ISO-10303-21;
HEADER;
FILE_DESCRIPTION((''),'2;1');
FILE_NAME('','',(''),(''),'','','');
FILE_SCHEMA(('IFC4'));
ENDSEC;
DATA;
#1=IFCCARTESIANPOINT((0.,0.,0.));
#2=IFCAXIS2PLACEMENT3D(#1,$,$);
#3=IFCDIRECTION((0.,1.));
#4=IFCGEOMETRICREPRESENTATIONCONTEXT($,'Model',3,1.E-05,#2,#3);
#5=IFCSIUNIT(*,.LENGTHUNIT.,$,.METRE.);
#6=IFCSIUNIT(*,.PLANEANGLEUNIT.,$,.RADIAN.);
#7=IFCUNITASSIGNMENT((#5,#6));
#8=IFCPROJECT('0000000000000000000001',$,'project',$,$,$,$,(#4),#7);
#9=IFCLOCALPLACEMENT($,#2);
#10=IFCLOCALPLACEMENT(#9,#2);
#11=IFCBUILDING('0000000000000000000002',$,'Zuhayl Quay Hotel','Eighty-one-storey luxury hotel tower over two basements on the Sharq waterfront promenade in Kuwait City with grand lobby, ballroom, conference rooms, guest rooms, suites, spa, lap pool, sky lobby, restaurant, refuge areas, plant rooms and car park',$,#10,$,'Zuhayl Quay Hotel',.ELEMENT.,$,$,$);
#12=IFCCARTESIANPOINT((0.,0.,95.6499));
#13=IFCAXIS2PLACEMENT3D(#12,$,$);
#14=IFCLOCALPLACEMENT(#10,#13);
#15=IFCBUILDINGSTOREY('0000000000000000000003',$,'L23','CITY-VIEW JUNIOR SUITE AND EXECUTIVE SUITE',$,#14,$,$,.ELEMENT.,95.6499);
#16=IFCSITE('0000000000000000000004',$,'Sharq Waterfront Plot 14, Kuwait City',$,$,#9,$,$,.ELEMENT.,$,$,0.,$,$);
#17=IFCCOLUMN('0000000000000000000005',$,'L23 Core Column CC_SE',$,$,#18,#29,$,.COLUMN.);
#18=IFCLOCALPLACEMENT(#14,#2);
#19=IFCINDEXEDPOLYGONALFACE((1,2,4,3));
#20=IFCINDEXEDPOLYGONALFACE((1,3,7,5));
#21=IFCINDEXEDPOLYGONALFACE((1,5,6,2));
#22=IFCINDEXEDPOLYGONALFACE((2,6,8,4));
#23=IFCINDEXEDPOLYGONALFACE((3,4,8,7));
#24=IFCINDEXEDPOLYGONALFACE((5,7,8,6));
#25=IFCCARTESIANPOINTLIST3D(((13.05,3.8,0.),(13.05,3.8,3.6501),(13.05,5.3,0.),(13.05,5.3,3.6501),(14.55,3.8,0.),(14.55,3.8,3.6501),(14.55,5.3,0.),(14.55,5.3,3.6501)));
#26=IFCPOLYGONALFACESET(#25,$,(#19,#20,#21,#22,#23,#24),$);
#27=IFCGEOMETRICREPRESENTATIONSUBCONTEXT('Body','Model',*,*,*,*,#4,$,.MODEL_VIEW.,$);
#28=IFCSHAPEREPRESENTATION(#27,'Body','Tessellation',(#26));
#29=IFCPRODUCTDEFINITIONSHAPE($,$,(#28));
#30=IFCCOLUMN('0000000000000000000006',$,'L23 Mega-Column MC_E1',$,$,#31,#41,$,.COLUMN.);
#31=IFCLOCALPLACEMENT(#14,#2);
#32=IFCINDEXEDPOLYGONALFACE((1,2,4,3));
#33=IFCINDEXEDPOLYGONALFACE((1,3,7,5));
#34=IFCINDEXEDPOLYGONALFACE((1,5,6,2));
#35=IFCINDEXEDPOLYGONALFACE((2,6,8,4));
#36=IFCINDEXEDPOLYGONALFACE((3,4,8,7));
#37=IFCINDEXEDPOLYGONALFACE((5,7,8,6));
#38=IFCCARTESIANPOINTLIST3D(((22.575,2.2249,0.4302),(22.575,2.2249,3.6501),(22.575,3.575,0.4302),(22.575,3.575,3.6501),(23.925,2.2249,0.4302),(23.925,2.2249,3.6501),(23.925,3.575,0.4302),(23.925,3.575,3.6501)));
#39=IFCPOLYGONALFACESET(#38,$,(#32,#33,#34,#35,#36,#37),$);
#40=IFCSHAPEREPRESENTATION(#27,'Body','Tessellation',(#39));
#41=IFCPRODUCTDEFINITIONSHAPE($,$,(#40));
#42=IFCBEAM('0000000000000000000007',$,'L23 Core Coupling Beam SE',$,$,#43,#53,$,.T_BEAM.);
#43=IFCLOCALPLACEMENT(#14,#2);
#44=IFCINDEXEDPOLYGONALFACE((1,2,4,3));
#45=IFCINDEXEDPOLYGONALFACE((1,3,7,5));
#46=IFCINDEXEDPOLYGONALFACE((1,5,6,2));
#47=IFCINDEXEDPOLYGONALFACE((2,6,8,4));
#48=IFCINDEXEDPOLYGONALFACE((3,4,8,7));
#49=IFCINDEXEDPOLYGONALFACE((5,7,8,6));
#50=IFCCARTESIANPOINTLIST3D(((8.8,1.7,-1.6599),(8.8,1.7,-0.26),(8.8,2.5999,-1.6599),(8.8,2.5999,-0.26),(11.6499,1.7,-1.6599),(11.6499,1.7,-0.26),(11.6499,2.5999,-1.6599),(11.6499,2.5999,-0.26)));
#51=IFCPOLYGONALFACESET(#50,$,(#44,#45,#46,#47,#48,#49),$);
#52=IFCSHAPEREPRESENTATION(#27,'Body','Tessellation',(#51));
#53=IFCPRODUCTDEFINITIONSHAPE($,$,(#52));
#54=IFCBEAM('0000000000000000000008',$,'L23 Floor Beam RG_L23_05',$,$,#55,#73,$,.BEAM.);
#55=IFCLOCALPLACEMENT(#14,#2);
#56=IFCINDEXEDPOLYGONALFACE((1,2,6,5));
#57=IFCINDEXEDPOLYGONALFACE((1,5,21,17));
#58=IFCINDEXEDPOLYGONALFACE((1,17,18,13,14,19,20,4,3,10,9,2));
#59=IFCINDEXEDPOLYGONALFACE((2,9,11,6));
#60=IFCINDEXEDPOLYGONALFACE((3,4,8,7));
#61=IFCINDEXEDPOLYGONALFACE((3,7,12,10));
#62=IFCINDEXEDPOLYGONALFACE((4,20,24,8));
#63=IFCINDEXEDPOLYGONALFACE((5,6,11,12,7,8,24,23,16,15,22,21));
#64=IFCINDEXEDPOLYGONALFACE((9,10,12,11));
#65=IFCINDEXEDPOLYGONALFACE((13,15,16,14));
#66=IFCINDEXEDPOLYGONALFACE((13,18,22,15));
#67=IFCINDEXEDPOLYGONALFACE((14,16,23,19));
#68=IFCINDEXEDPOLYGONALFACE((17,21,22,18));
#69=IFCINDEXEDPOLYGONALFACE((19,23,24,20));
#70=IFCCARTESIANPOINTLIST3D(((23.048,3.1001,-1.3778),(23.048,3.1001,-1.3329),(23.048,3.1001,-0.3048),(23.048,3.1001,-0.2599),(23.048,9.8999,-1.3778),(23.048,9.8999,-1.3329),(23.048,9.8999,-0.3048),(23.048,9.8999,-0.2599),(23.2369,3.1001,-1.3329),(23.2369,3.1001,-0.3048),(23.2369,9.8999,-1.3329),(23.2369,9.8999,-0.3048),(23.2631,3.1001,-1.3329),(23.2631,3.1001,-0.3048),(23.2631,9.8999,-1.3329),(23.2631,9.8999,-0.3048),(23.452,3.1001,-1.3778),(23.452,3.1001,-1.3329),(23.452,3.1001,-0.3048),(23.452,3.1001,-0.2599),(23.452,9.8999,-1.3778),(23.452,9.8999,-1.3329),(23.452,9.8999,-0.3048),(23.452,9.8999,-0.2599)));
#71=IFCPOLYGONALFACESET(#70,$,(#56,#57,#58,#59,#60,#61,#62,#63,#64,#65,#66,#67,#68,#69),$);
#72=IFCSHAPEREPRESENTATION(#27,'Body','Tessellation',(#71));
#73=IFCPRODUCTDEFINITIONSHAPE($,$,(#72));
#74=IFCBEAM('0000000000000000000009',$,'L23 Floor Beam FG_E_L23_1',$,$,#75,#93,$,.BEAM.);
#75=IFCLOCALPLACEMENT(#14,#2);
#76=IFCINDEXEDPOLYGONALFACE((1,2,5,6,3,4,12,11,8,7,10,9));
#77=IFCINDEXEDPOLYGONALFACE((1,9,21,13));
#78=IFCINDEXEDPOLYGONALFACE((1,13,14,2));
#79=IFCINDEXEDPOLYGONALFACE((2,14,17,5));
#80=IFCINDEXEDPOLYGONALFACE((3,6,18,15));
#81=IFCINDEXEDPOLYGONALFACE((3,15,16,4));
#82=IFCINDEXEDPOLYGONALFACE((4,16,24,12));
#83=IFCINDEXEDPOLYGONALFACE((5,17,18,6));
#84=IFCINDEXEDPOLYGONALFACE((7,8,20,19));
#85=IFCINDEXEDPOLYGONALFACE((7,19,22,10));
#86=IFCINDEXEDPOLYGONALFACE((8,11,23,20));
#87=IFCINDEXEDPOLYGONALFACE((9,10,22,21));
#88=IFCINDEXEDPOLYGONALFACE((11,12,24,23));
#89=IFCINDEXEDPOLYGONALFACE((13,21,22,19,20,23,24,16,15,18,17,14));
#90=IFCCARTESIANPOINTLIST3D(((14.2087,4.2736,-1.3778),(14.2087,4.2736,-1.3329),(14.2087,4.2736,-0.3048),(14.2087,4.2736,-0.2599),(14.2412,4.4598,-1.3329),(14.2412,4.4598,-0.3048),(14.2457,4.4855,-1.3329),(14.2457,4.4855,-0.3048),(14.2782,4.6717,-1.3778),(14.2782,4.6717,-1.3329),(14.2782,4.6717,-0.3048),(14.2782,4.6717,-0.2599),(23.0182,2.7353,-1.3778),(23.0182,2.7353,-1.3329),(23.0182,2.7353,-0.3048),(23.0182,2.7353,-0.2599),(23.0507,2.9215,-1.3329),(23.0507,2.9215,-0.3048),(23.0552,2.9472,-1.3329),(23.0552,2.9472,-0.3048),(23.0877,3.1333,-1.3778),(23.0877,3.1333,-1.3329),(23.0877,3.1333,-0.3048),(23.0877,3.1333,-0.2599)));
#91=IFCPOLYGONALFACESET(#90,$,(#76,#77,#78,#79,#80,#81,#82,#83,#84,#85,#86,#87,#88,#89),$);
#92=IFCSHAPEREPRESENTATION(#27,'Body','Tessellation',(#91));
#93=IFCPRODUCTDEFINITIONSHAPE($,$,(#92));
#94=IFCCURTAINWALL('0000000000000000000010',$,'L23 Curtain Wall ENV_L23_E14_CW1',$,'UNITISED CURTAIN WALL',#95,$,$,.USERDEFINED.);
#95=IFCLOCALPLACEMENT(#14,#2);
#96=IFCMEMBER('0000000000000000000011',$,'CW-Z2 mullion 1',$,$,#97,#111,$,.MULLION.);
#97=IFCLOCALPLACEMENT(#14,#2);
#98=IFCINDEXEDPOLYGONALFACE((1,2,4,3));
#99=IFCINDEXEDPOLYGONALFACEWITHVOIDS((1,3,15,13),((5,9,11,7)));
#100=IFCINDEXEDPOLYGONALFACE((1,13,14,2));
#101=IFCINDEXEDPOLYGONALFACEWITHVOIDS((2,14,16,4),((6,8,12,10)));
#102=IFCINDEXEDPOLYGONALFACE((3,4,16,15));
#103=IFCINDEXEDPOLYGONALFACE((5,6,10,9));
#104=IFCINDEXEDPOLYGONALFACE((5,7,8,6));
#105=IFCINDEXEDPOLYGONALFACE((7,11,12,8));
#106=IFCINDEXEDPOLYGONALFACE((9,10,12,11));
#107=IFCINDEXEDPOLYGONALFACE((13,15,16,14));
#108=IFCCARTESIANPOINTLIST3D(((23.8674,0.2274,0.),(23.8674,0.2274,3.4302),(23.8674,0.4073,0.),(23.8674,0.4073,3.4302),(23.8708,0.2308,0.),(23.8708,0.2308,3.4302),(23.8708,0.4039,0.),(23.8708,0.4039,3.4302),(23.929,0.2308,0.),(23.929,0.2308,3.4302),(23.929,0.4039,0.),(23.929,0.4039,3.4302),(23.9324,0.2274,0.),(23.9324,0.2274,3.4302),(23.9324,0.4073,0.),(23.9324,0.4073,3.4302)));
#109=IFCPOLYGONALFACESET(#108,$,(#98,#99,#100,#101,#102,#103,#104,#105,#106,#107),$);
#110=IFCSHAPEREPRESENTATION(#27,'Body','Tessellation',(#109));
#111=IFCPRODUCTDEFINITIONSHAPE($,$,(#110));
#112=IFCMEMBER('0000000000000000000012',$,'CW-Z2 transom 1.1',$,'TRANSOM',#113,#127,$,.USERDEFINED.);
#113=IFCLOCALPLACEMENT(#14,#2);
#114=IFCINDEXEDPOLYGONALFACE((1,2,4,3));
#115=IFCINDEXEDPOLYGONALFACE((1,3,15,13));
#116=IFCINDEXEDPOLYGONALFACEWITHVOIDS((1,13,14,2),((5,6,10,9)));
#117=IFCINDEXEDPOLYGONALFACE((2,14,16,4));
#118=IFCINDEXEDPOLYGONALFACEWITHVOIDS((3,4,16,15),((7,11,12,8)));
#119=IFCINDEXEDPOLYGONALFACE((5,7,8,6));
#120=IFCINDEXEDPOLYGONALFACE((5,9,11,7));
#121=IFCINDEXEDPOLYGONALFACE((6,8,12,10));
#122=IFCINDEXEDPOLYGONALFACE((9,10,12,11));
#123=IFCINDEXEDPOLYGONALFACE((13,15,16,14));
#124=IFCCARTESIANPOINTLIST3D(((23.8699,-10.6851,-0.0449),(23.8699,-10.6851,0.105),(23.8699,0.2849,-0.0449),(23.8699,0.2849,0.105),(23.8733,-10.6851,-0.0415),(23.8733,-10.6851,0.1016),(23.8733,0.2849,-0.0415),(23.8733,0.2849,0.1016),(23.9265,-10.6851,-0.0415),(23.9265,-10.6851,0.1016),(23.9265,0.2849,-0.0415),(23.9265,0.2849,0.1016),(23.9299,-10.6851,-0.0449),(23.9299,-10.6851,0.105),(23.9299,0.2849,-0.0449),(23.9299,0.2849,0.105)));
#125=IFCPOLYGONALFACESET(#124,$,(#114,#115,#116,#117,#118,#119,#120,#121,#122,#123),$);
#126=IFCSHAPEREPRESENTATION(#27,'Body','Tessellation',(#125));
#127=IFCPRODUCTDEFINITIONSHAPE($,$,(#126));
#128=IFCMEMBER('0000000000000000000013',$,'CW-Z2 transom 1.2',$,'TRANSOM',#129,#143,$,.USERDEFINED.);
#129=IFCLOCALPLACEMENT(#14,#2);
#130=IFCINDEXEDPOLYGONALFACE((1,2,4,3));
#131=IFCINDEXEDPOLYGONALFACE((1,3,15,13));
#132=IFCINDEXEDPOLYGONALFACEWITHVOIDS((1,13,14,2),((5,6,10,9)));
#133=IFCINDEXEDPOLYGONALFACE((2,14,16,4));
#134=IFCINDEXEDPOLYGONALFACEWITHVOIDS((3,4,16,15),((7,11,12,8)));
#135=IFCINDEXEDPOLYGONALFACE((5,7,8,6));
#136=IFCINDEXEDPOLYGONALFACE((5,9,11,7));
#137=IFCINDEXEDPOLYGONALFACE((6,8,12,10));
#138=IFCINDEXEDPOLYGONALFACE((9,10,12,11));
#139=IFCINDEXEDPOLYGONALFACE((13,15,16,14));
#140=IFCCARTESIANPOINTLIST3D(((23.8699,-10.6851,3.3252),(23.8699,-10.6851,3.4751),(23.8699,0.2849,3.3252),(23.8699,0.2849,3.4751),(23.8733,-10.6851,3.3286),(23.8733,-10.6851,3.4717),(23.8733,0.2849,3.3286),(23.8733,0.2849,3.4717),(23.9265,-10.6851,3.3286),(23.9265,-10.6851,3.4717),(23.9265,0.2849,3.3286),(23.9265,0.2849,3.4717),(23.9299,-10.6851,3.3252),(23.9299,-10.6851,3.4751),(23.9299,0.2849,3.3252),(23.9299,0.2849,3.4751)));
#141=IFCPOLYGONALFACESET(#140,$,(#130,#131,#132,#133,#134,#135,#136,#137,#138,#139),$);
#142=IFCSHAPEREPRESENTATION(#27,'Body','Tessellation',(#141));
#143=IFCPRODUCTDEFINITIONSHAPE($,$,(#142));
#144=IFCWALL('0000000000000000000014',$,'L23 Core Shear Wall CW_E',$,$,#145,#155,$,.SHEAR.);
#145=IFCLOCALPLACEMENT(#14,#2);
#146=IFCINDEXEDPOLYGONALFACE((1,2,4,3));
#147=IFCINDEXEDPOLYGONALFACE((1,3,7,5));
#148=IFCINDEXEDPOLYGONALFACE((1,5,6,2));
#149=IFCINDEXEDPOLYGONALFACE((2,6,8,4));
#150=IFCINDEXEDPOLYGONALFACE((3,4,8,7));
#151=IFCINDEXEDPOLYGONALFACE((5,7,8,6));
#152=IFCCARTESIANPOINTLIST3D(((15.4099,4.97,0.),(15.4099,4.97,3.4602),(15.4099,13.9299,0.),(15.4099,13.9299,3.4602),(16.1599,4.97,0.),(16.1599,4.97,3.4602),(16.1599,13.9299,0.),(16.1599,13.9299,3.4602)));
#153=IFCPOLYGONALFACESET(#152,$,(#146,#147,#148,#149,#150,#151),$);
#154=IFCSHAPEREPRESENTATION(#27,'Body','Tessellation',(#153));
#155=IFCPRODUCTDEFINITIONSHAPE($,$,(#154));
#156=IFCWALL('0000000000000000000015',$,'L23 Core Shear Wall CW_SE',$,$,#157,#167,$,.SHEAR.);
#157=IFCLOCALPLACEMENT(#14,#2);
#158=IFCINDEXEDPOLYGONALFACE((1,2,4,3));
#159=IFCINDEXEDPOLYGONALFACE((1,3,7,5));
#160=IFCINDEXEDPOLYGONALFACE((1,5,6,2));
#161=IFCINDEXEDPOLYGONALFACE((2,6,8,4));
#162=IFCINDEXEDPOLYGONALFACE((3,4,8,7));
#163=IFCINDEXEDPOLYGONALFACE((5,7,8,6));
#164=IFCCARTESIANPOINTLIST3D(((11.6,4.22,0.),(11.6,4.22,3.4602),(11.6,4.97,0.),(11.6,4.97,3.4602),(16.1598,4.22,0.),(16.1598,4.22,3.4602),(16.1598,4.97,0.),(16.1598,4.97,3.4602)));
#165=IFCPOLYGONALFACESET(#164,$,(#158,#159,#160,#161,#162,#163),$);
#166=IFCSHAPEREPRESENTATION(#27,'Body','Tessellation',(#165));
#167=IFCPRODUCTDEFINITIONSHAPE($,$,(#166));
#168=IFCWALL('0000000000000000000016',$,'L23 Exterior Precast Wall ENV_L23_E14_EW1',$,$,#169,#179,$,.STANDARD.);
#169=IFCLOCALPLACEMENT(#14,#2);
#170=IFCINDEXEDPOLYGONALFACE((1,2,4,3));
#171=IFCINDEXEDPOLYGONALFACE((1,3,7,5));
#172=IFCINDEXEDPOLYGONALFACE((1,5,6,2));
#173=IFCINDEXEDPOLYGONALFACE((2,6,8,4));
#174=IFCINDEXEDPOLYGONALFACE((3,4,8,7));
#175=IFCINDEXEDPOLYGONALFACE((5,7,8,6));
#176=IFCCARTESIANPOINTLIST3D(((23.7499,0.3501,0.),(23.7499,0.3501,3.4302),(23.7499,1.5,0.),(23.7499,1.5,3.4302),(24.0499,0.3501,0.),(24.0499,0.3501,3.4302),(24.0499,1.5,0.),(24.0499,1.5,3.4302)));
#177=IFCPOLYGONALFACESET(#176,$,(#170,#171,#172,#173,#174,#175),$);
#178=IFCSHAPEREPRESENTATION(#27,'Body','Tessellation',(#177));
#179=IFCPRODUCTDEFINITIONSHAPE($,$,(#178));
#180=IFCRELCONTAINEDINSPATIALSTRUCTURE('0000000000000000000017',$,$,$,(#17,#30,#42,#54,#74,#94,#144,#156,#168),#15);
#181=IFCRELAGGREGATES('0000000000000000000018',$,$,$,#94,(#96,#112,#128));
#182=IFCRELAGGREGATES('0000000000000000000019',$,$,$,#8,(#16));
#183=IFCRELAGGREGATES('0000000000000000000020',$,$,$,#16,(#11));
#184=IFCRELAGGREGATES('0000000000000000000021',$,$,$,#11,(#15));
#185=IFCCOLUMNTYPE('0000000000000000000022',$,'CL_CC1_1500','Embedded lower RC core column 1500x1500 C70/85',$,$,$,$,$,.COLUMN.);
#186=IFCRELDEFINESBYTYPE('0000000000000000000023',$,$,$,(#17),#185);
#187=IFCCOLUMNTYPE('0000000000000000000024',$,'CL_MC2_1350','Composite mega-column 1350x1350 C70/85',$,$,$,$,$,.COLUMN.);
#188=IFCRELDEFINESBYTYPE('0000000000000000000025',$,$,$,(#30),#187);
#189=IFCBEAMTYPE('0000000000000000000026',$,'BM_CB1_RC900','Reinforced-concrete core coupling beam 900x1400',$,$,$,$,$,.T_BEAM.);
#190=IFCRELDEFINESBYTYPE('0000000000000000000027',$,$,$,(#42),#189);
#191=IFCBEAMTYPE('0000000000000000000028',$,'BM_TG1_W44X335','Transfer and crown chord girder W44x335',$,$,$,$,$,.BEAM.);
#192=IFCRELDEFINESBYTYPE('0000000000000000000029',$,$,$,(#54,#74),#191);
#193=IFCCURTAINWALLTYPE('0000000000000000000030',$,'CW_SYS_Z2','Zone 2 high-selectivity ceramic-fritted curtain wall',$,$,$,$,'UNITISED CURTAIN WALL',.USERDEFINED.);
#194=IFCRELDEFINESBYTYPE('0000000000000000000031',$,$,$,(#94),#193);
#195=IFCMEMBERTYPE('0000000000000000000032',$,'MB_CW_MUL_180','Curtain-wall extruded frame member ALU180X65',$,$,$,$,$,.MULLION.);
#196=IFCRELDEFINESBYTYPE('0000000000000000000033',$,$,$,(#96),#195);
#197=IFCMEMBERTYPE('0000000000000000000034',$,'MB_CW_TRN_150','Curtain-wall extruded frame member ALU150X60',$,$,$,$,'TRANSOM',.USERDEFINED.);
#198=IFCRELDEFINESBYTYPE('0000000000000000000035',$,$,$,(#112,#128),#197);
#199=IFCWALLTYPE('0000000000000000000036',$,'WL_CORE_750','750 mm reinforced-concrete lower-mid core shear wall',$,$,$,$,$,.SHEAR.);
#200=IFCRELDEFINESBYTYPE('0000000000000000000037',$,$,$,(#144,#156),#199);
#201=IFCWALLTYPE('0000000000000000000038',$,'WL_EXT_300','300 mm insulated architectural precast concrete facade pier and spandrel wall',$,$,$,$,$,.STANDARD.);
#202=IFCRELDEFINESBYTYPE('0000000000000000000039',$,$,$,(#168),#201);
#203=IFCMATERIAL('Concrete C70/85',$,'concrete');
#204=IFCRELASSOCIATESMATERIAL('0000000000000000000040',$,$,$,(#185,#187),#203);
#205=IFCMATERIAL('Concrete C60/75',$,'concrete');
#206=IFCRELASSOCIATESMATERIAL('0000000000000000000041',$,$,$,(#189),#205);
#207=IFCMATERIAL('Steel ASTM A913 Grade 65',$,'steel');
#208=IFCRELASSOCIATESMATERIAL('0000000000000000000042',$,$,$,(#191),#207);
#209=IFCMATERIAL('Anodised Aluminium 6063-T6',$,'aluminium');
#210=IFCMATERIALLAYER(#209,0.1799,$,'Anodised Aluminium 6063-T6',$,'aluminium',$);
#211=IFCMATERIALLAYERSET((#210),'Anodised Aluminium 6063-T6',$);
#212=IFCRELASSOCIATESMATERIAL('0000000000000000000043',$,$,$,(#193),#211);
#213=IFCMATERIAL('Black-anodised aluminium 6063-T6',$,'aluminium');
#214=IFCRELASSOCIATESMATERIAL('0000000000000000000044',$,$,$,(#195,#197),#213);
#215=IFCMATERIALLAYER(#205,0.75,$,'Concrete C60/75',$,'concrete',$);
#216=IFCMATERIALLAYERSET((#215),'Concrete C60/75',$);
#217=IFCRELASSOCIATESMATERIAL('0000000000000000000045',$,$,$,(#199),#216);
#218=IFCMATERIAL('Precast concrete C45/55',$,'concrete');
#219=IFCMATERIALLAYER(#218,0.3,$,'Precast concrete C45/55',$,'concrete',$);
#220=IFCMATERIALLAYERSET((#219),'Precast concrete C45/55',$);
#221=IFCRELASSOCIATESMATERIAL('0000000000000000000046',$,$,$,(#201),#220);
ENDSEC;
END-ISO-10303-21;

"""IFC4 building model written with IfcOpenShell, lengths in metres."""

from ifc_helpers import new_model, si_unit, direction, frame, frame_2d, origin, origin_2d, place, context, subcontext, project, spatial, rectangle, hollow_rectangle, i_section, extrude, material, layer, layer_set, material_profile, profile_set, type_object, element, aggregate, save


model = new_model("IFC4")

# Units and contexts
model_context = context("Model", 3, precision=1e-05, world=origin(), true_north=direction((0.0, 1.0)))
body_context = subcontext(model_context, "Body", "Model", "MODEL_VIEW")
ifc_project = project(units=[si_unit("LENGTHUNIT", "METRE"), si_unit("PLANEANGLEUNIT", "RADIAN")], contexts=[model_context])

# Site, building, storey
site_placement = place(None, origin())
site = spatial("IfcSite", under=ifc_project, at=site_placement, Name="Sharq Waterfront Plot 14, Kuwait City", CompositionType="ELEMENT", RefElevation=0.0)
building_placement = place(site_placement, origin())
building = spatial("IfcBuilding", under=site, at=building_placement, Name="Zuhayl Quay Hotel", Description="Eighty-one-storey luxury hotel tower over two basements on the Sharq waterfront promenade in Kuwait City with grand lobby, ballroom, conference rooms, guest rooms, suites, spa, lap pool, sky lobby, restaurant, refuge areas, plant rooms and car park", LongName="Zuhayl Quay Hotel", CompositionType="ELEMENT")
storey_placement = place(building_placement, frame((0.0, 0.0, 95.6499)))
storey = spatial("IfcBuildingStorey", under=building, at=storey_placement, Name="L23", Description="CITY-VIEW JUNIOR SUITE AND EXECUTIVE SUITE", CompositionType="ELEMENT", Elevation=95.6499)

# Columns
ifc_material_1 = material(Name="Concrete C70/85", Category="concrete")
ifc_material_profile_1 = material_profile(ifc_material_1, rectangle(XDim=1.5, YDim=1.5, at=origin_2d()), Name="RC1500X1500")
ifc_profile_set_1 = profile_set([ifc_material_profile_1], Name="Concrete C70/85")
column_type_1 = type_object("IfcColumnType", Name="CL_CC1_1500", Description="Embedded lower RC core column 1500x1500 C70/85", PredefinedType="COLUMN", material=ifc_profile_set_1)
column_1_placement = place(storey_placement, frame((13.8, 4.55, 0.0), z_axis=(0.0, 0.0, 1.0), x_axis=(1.0, 0.0, 0.0)))
element("IfcColumn", 1, at=column_1_placement, inside=storey, type_object=column_type_1, Name="L23 Core Column CC_SE", PredefinedType="COLUMN", context=body_context, shape_type="SweptSolid", body=[
    extrude(rectangle(XDim=1.5, YDim=1.5, at=origin_2d()), origin(), (0.0, 0.0, 1.0), 3.6501),
])
ifc_material_profile_2 = material_profile(ifc_material_1, rectangle(XDim=1.3501, YDim=1.3501, at=origin_2d()), Name="RC1350X1350")
ifc_profile_set_2 = profile_set([ifc_material_profile_2], Name="Concrete C70/85")
column_type_2 = type_object("IfcColumnType", Name="CL_MC2_1350", Description="Composite mega-column 1350x1350 C70/85", PredefinedType="COLUMN", material=ifc_profile_set_2)
column_2_placement = place(storey_placement, frame((23.25, 2.8999, 0.4302), z_axis=(0.0, 0.0, 1.0), x_axis=(1.0, 0.0, 0.0)))
element("IfcColumn", 2, at=column_2_placement, inside=storey, type_object=column_type_2, Name="L23 Mega-Column MC_E1", PredefinedType="COLUMN", context=body_context, shape_type="SweptSolid", body=[
    extrude(rectangle(XDim=1.3501, YDim=1.3501, at=origin_2d()), origin(), (0.0, 0.0, 1.0), 3.22),
])

# Beams
ifc_material_2 = material(Name="Concrete C60/75", Category="concrete")
ifc_material_profile_3 = material_profile(ifc_material_2, rectangle(XDim=0.8999, YDim=1.3999, at=origin_2d()), Name="RC900X1400")
ifc_profile_set_3 = profile_set([ifc_material_profile_3], Name="Concrete C60/75")
beam_type_1 = type_object("IfcBeamType", Name="BM_CB1_RC900", Description="Reinforced-concrete core coupling beam 900x1400", PredefinedType="T_BEAM", material=ifc_profile_set_3)
beam_1_placement = place(storey_placement, frame((8.8, 2.1499, -0.96), z_axis=(1.0, 0.0, 0.0), x_axis=(0.0, 1.0, 0.0)))
element("IfcBeam", 3, at=beam_1_placement, inside=storey, type_object=beam_type_1, Name="L23 Core Coupling Beam SE", PredefinedType="T_BEAM", context=body_context, shape_type="SweptSolid", body=[
    extrude(rectangle(XDim=0.8999, YDim=1.3999, at=origin_2d()), origin(), (0.0, 0.0, 1.0), 2.8499),
])
ifc_material_3 = material(Name="Steel ASTM A913 Grade 65", Category="steel")
ifc_material_profile_4 = material_profile(ifc_material_3, i_section(OverallWidth=0.4041, OverallDepth=1.1179, WebThickness=0.0261, FlangeThickness=0.0449, at=origin_2d()), Name="W44X335")
ifc_profile_set_4 = profile_set([ifc_material_profile_4], Name="Steel ASTM A913 Grade 65")
beam_type_2 = type_object("IfcBeamType", Name="BM_TG1_W44X335", Description="Transfer and crown chord girder W44x335", PredefinedType="BEAM", material=ifc_profile_set_4)
beam_2_placement = place(storey_placement, frame((23.25, 3.1001, -0.8188), z_axis=(0.0, 1.0, 0.0), x_axis=(-1.0, 0.0, 0.0)))
element("IfcBeam", 4, at=beam_2_placement, inside=storey, type_object=beam_type_2, Name="L23 Floor Beam RG_L23_05", PredefinedType="BEAM", context=body_context, shape_type="SweptSolid", body=[
    extrude(i_section(OverallWidth=0.4041, OverallDepth=1.1179, WebThickness=0.0261, FlangeThickness=0.0449, at=origin_2d()), origin(), (0.0, 0.0, 1.0), 6.7998),
])
beam_3_placement = place(storey_placement, frame((14.2434, 4.4727, -0.8188), z_axis=(0.985094, -0.172017, 0.0), x_axis=(0.172017, 0.985094, 0.0)))
element("IfcBeam", 5, at=beam_3_placement, inside=storey, type_object=beam_type_2, Name="L23 Floor Beam FG_E_L23_1", PredefinedType="BEAM", context=body_context, shape_type="SweptSolid", body=[
    extrude(i_section(OverallWidth=0.4041, OverallDepth=1.1179, WebThickness=0.0261, FlangeThickness=0.0449, at=origin_2d()), origin(), (0.0, 0.0, 1.0), 8.9429),
])

# Curtain wall, members
ifc_material_4 = material(Name="Anodised Aluminium 6063-T6", Category="aluminium")
ifc_layer_1 = layer(ifc_material_4, 0.1799, Name="Anodised Aluminium 6063-T6", Category="aluminium")
ifc_layer_set_1 = layer_set([ifc_layer_1], Name="Anodised Aluminium 6063-T6")
curtain_wall_type = type_object("IfcCurtainWallType", Name="CW_SYS_Z2", Description="Zone 2 high-selectivity ceramic-fritted curtain wall", ElementType="UNITISED CURTAIN WALL", PredefinedType="USERDEFINED", material=ifc_layer_set_1)
curtain_wall_placement = place(storey_placement, origin())
curtain_wall = element("IfcCurtainWall", 6, at=curtain_wall_placement, inside=storey, type_object=curtain_wall_type, Name="L23 Curtain Wall ENV_L23_E14_CW1", ObjectType="UNITISED CURTAIN WALL", PredefinedType="USERDEFINED")
ifc_material_5 = material(Name="Black-anodised aluminium 6063-T6", Category="aluminium")
ifc_material_profile_5 = material_profile(ifc_material_5, hollow_rectangle(XDim=0.0649, YDim=0.1799, WallThickness=0.0034, at=origin_2d()), Name="ALU180X65")
ifc_profile_set_5 = profile_set([ifc_material_profile_5], Name="Black-anodised aluminium 6063-T6")
member_type_1 = type_object("IfcMemberType", Name="MB_CW_MUL_180", Description="Curtain-wall extruded frame member ALU180X65", PredefinedType="MULLION", material=ifc_profile_set_5)
member_1_placement = place(storey_placement, frame((23.8999, 0.3174, 0.0), z_axis=(0.0, 0.0, 1.0), x_axis=(1.0, 0.0, 0.0)))
member_1 = element("IfcMember", 7, at=member_1_placement, type_object=member_type_1, Name="CW-Z2 mullion 1", PredefinedType="MULLION", context=body_context, shape_type="SweptSolid", body=[
    extrude(hollow_rectangle(XDim=0.0649, YDim=0.1799, WallThickness=0.0034, at=origin_2d()), origin(), (0.0, 0.0, 1.0), 3.4302),
])
ifc_material_profile_6 = material_profile(ifc_material_5, hollow_rectangle(XDim=0.0601, YDim=0.1499, WallThickness=0.0034, at=origin_2d()), Name="ALU150X60")
ifc_profile_set_6 = profile_set([ifc_material_profile_6], Name="Black-anodised aluminium 6063-T6")
member_type_2 = type_object("IfcMemberType", Name="MB_CW_TRN_150", Description="Curtain-wall extruded frame member ALU150X60", ElementType="TRANSOM", PredefinedType="USERDEFINED", material=ifc_profile_set_6)
member_2_placement = place(storey_placement, frame((23.8999, 0.2849, 0.03), z_axis=(0.0, -1.0, 0.0), x_axis=(1.0, 0.0, 0.0)))
member_2 = element("IfcMember", 8, at=member_2_placement, type_object=member_type_2, Name="CW-Z2 transom 1.1", ObjectType="TRANSOM", PredefinedType="USERDEFINED", context=body_context, shape_type="SweptSolid", body=[
    extrude(hollow_rectangle(XDim=0.0601, YDim=0.1499, WallThickness=0.0034, at=origin_2d()), origin(), (0.0, 0.0, 1.0), 10.97),
])
member_3_placement = place(storey_placement, frame((23.8999, 0.2849, 3.4001), z_axis=(0.0, -1.0, 0.0), x_axis=(1.0, 0.0, 0.0)))
member_3 = element("IfcMember", 9, at=member_3_placement, type_object=member_type_2, Name="CW-Z2 transom 1.2", ObjectType="TRANSOM", PredefinedType="USERDEFINED", context=body_context, shape_type="SweptSolid", body=[
    extrude(hollow_rectangle(XDim=0.0601, YDim=0.1499, WallThickness=0.0034, at=origin_2d()), origin(), (0.0, 0.0, 1.0), 10.97),
])
aggregate(curtain_wall, [member_1, member_2, member_3])

# Walls
ifc_layer_2 = layer(ifc_material_2, 0.75, Name="Concrete C60/75", Category="concrete")
ifc_layer_set_2 = layer_set([ifc_layer_2], Name="Concrete C60/75")
wall_type_1 = type_object("IfcWallType", Name="WL_CORE_750", Description="750 mm reinforced-concrete lower-mid core shear wall", PredefinedType="SHEAR", material=ifc_layer_set_2)
wall_1_placement = place(storey_placement, frame((15.7849, 4.97, 0.0), z_axis=(0.0, 0.0, 1.0), x_axis=(0.0, 1.0, 0.0)))
element("IfcWall", 10, at=wall_1_placement, inside=storey, type_object=wall_type_1, Name="L23 Core Shear Wall CW_E", PredefinedType="SHEAR", context=body_context, shape_type="SweptSolid", body=[
    extrude(rectangle(XDim=8.96, YDim=0.75, at=frame_2d((4.48, 0.0))), origin(), (0.0, 0.0, 1.0), 3.4602),
])
wall_2_placement = place(storey_placement, frame((11.6001, 4.595, 0.0), z_axis=(0.0, 0.0, 1.0), x_axis=(1.0, 0.0, 0.0)))
element("IfcWall", 11, at=wall_2_placement, inside=storey, type_object=wall_type_1, Name="L23 Core Shear Wall CW_SE", PredefinedType="SHEAR", context=body_context, shape_type="SweptSolid", body=[
    extrude(rectangle(XDim=4.5598, YDim=0.75, at=frame_2d((2.2798, 0.0))), origin(), (0.0, 0.0, 1.0), 3.4602),
])
ifc_material_6 = material(Name="Precast concrete C45/55", Category="concrete")
ifc_layer_3 = layer(ifc_material_6, 0.3, Name="Precast concrete C45/55", Category="concrete")
ifc_layer_set_3 = layer_set([ifc_layer_3], Name="Precast concrete C45/55")
wall_type_2 = type_object("IfcWallType", Name="WL_EXT_300", Description="300 mm insulated architectural precast concrete facade pier and spandrel wall", PredefinedType="STANDARD", material=ifc_layer_set_3)
wall_3_placement = place(storey_placement, frame((23.8999, 1.5, 0.0), z_axis=(0.0, 0.0, 1.0), x_axis=(0.0, -1.0, 0.0)))
element("IfcWall", 12, at=wall_3_placement, inside=storey, type_object=wall_type_2, Name="L23 Exterior Precast Wall ENV_L23_E14_EW1", PredefinedType="STANDARD", context=body_context, shape_type="SweptSolid", body=[
    extrude(rectangle(XDim=1.1499, YDim=0.3, at=frame_2d((0.575, 0.0))), origin(), (0.0, 0.0, 1.0), 3.4302),
])

save(model, "model.ifc")
